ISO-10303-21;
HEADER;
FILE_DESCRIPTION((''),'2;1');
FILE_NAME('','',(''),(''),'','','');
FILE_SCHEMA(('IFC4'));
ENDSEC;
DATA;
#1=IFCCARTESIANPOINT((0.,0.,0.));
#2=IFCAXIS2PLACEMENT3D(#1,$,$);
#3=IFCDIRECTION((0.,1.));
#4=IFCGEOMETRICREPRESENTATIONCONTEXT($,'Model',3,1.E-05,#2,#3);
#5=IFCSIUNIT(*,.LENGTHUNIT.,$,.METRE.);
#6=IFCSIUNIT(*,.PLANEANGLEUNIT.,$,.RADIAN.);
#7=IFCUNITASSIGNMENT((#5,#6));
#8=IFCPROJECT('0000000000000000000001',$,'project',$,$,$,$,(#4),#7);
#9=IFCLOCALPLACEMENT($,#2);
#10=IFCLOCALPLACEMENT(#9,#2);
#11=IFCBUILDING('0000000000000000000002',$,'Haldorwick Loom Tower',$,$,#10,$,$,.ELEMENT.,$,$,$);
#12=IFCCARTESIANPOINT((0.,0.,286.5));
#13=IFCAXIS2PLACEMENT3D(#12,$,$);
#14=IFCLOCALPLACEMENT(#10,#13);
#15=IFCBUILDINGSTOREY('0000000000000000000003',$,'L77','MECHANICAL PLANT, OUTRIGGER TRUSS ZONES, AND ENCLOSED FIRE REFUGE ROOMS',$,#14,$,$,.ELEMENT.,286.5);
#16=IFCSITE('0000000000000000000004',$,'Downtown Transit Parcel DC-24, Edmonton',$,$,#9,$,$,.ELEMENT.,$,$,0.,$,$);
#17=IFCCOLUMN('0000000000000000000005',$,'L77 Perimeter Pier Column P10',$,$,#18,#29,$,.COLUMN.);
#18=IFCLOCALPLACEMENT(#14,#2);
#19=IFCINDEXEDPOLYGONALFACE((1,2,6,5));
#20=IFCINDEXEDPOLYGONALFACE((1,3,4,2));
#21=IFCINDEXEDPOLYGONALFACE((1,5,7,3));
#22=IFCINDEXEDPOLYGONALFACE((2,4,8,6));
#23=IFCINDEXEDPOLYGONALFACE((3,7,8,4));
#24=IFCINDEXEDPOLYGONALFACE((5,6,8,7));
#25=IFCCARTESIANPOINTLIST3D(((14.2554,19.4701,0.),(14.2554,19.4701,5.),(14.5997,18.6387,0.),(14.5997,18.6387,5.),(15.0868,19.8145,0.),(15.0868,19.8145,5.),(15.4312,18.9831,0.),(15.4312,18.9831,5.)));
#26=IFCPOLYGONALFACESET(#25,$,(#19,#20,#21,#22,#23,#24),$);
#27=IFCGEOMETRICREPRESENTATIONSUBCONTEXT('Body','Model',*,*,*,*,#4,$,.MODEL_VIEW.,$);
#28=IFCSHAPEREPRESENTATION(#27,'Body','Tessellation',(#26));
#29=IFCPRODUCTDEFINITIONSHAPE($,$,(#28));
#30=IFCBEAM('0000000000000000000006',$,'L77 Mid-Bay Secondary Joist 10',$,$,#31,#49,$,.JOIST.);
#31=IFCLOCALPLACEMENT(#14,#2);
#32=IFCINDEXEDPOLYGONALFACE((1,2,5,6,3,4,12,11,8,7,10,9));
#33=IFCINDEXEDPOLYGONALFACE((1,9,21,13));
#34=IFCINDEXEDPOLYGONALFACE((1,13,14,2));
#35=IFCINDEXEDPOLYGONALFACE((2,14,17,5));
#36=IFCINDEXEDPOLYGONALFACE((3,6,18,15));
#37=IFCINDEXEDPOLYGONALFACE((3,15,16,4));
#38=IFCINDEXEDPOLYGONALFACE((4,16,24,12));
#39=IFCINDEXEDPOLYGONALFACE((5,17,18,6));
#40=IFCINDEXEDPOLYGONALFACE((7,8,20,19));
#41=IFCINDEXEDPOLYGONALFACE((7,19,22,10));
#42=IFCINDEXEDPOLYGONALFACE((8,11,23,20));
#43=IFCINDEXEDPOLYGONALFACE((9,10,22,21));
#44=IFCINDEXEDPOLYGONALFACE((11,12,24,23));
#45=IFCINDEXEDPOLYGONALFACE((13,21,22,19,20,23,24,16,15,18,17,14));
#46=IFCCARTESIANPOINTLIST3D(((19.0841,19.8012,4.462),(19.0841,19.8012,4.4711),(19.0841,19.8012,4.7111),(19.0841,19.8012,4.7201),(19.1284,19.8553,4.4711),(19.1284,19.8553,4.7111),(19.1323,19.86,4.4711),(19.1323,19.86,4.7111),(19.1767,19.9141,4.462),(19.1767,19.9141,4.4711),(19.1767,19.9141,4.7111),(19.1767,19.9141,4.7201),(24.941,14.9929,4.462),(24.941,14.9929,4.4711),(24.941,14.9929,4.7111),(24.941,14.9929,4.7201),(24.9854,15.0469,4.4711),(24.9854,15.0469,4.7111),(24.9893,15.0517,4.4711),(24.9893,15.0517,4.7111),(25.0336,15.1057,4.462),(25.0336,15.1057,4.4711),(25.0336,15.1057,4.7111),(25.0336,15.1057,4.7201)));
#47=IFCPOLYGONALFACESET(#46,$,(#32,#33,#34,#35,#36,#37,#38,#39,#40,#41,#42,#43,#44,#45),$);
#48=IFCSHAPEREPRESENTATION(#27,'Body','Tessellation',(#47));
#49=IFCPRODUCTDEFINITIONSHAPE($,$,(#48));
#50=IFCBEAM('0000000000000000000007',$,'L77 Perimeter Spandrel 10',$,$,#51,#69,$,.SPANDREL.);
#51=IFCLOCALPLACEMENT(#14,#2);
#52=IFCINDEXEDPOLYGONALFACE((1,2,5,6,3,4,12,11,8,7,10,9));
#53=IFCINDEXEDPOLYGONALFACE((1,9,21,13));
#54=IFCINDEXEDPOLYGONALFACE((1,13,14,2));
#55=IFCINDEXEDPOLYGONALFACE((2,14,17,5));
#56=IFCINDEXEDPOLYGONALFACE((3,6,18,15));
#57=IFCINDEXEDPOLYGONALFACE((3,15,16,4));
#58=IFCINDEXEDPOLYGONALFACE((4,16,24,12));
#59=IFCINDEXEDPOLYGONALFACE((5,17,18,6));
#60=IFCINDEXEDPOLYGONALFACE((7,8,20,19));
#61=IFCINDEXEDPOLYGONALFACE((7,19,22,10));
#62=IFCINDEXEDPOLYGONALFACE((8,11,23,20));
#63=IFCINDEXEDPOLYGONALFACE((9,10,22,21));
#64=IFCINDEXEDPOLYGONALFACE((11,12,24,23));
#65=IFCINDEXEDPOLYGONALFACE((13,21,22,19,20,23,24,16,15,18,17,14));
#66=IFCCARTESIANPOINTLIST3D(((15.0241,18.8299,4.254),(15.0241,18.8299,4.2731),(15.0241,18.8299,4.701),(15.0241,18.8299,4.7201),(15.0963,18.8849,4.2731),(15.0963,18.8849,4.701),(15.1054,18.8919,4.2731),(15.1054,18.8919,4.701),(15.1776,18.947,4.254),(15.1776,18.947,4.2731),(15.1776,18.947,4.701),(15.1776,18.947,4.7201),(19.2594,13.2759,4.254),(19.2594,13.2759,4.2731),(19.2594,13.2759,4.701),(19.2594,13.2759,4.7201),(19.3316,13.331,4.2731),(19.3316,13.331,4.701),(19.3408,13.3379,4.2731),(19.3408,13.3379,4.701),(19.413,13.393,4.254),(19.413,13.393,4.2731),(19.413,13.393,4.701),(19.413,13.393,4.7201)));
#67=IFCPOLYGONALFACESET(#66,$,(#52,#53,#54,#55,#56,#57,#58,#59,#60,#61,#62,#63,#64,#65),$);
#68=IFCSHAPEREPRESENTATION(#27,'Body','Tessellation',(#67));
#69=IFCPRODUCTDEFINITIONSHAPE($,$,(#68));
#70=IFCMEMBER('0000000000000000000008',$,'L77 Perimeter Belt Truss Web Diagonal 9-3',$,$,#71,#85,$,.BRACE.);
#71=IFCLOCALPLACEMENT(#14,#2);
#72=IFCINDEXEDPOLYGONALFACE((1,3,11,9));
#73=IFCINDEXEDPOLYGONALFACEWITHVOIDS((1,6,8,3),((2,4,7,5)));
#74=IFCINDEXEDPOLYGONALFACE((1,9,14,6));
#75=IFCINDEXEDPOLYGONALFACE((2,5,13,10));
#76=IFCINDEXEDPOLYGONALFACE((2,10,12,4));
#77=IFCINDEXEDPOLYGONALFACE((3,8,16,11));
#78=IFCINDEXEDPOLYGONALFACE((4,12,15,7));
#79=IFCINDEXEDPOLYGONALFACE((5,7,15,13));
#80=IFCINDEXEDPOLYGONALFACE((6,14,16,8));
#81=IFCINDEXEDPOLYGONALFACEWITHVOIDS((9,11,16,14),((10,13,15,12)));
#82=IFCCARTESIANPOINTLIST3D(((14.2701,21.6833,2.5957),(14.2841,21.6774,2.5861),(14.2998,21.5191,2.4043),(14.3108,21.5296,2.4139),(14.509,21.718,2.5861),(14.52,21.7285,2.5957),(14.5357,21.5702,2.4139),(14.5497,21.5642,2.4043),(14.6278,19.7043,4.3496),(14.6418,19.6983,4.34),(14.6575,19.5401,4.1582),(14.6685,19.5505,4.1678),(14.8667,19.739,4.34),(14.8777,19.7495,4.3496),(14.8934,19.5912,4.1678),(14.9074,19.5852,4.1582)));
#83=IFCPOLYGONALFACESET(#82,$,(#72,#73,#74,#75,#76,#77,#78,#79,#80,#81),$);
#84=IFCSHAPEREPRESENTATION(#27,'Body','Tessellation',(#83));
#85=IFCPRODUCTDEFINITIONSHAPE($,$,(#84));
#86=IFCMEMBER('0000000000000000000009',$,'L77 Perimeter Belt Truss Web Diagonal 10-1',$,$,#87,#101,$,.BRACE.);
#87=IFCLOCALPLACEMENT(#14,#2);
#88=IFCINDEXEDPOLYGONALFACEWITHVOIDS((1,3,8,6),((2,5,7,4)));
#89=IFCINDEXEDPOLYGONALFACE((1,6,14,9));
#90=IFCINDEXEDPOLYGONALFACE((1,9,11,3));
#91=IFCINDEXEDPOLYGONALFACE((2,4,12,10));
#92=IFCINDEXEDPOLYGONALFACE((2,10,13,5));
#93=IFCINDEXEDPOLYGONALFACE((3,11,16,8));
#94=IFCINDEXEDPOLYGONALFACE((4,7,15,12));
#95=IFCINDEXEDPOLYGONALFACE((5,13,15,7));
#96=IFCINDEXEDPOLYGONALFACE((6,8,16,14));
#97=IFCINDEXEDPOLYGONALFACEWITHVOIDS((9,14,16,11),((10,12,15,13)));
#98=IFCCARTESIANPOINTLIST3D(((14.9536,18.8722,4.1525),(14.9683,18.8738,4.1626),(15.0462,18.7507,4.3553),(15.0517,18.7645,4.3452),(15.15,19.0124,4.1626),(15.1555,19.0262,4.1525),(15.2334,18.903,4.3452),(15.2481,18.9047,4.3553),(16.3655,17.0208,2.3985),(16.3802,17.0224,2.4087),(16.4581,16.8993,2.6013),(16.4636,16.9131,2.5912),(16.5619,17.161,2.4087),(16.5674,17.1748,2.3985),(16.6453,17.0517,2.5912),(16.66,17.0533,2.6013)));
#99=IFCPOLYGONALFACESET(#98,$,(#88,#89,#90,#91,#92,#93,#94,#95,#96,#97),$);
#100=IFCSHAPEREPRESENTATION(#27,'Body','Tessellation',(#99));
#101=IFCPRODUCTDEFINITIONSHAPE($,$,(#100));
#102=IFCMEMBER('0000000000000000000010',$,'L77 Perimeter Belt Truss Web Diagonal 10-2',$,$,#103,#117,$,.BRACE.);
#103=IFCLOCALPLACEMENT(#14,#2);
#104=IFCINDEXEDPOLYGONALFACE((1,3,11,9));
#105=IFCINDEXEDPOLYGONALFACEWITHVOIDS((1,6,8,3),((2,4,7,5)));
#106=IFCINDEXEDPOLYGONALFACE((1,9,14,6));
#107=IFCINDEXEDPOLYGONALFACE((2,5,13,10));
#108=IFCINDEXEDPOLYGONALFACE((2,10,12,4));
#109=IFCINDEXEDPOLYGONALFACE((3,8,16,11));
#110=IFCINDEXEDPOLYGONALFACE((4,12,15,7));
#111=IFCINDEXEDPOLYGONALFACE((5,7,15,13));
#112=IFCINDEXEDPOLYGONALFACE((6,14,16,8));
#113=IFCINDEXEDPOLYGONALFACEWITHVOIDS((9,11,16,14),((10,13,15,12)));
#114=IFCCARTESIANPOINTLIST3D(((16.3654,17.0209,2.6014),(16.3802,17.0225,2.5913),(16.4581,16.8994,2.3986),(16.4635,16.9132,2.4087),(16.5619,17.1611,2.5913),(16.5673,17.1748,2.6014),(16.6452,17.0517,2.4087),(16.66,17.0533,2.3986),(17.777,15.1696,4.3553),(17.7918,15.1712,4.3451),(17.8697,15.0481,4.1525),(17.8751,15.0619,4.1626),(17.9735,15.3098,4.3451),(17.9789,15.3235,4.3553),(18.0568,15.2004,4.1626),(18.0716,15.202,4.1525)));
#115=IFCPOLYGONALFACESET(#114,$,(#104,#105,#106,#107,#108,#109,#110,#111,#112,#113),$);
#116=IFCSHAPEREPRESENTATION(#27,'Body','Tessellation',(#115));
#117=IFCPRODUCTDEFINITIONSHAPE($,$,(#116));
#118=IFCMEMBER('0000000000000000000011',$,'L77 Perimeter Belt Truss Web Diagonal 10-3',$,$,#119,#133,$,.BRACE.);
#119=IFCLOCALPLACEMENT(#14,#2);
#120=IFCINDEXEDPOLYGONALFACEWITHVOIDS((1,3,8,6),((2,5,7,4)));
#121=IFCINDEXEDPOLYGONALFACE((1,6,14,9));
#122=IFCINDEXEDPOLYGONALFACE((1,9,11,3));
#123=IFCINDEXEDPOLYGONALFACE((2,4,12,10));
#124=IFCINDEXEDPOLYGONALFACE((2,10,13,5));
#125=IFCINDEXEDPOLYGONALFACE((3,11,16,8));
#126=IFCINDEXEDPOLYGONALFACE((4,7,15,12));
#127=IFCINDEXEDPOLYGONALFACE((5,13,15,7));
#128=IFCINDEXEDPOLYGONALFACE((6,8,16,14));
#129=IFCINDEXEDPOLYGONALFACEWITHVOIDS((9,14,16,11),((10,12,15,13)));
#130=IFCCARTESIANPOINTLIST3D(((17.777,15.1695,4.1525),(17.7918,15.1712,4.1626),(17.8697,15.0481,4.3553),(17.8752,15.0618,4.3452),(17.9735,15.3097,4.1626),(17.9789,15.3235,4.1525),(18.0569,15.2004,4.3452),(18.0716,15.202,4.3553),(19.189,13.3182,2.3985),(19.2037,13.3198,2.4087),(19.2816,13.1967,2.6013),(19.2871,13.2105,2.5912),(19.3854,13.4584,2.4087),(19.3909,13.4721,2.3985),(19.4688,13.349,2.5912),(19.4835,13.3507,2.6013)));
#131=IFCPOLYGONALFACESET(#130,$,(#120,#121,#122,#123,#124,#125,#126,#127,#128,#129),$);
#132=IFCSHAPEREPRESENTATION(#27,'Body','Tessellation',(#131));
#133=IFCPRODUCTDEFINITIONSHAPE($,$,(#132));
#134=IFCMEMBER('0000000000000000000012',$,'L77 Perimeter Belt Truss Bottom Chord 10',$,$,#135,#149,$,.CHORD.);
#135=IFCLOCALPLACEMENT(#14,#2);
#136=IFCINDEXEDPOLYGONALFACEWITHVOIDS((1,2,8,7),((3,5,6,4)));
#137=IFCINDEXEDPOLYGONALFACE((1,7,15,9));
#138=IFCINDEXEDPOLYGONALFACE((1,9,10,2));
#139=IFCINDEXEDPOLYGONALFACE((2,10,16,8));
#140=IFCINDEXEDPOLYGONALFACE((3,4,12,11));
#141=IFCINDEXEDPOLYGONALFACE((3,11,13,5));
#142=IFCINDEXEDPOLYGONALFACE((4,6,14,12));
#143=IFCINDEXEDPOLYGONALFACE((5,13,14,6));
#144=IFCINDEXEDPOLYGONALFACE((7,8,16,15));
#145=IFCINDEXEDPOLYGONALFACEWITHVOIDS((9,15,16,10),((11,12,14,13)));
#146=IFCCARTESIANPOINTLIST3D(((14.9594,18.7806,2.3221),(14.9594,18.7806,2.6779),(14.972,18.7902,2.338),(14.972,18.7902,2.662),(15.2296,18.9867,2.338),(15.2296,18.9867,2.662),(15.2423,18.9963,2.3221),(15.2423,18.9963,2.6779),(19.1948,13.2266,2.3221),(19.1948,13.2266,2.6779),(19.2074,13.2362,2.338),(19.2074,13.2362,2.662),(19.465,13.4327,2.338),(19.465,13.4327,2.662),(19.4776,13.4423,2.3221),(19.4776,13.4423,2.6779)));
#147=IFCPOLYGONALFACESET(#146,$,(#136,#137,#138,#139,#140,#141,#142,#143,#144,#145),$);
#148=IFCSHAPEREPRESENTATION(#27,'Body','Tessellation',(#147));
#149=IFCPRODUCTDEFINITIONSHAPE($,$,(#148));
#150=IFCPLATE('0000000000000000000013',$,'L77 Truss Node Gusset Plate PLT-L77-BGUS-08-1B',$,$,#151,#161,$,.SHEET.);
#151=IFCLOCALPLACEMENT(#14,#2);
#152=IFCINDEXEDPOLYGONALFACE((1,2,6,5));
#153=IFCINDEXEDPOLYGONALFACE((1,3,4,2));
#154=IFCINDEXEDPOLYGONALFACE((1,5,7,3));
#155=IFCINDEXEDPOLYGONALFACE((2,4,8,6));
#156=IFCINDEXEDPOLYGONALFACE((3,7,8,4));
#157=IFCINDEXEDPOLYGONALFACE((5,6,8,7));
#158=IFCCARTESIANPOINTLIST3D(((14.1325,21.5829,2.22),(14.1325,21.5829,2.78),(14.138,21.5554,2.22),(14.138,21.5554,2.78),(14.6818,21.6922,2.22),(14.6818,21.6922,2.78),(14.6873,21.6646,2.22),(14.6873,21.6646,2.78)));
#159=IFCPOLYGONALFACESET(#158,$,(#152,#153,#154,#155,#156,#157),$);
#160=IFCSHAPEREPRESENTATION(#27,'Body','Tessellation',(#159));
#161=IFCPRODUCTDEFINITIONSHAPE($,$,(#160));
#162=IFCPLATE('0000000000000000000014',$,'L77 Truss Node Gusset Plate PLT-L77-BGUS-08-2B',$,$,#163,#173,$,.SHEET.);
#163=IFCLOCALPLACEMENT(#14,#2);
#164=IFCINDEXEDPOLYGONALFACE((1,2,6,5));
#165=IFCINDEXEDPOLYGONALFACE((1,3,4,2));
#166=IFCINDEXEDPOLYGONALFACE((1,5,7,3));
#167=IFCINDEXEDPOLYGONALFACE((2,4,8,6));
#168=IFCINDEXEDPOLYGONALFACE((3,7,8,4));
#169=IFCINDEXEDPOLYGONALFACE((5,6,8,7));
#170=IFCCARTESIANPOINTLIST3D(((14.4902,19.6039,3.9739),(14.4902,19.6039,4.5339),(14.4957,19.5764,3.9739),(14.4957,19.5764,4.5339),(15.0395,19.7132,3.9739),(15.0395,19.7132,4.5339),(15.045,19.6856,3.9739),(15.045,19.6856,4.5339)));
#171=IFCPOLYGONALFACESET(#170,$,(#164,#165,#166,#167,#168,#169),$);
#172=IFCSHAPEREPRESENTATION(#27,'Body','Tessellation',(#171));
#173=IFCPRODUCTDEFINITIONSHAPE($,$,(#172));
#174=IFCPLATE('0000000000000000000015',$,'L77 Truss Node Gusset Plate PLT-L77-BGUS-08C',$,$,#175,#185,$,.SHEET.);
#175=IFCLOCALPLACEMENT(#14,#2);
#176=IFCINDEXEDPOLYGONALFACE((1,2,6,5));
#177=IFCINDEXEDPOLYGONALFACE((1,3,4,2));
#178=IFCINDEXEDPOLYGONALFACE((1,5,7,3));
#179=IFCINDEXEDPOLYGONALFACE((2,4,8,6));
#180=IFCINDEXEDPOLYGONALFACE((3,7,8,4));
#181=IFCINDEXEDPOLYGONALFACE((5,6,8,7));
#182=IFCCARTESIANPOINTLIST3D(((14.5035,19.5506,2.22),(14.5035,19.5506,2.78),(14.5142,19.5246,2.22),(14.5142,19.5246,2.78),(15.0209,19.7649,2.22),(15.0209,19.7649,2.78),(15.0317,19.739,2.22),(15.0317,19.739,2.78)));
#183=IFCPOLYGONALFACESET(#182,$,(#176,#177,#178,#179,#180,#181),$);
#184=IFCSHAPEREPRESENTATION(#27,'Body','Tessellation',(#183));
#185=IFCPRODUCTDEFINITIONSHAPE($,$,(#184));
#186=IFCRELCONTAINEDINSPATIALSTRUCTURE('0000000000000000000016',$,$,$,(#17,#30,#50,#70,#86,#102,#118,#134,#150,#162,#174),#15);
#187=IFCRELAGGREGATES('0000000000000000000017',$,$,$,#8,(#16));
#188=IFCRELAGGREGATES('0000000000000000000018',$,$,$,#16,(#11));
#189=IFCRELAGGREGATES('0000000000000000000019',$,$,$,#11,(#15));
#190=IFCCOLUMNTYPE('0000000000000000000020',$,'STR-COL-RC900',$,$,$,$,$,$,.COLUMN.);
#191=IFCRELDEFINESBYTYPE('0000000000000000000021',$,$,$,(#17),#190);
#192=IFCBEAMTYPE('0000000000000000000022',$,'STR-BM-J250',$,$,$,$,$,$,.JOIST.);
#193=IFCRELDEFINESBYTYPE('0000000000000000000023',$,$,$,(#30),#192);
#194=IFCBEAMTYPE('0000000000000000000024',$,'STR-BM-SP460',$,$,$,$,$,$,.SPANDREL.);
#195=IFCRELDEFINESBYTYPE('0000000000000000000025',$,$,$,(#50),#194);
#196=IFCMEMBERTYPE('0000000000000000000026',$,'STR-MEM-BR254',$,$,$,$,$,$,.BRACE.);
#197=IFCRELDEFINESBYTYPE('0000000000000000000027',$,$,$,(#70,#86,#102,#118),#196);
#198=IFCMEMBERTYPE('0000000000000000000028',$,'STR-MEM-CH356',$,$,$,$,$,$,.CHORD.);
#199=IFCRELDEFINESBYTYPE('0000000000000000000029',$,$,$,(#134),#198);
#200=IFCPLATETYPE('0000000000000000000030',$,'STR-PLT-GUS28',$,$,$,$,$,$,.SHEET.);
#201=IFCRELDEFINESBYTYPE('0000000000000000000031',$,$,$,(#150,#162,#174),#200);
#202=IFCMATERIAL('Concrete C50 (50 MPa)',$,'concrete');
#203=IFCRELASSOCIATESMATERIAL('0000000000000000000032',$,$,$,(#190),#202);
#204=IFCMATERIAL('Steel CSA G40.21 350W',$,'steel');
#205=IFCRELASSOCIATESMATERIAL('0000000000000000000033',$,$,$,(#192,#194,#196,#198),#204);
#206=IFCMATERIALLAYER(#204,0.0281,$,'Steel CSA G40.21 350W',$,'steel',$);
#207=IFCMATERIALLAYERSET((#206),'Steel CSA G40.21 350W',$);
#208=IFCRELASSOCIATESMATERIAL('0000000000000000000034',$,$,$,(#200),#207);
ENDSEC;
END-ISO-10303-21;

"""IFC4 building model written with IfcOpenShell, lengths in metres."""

from ifc_helpers import new_model, si_unit, direction, frame, origin, origin_2d, place, context, subcontext, project, spatial, rectangle, hollow_rectangle, i_section, extrude, material, layer, layer_set, material_profile, profile_set, type_object, element, save


model = new_model("IFC4")

# Units and contexts
model_context = context("Model", 3, precision=1e-05, world=origin(), true_north=direction((0.0, 1.0)))
body_context = subcontext(model_context, "Body", "Model", "MODEL_VIEW")
ifc_project = project(units=[si_unit("LENGTHUNIT", "METRE"), si_unit("PLANEANGLEUNIT", "RADIAN")], contexts=[model_context])

# Site, building, storey
site_placement = place(None, origin())
site = spatial("IfcSite", under=ifc_project, at=site_placement, Name="Downtown Transit Parcel DC-24, Edmonton", CompositionType="ELEMENT", RefElevation=0.0)
building_placement = place(site_placement, origin())
building = spatial("IfcBuilding", under=site, at=building_placement, Name="Haldorwick Loom Tower", CompositionType="ELEMENT")
storey_placement = place(building_placement, frame((0.0, 0.0, 286.5)))
storey = spatial("IfcBuildingStorey", under=building, at=storey_placement, Name="L77", Description="MECHANICAL PLANT, OUTRIGGER TRUSS ZONES, AND ENCLOSED FIRE REFUGE ROOMS", CompositionType="ELEMENT", Elevation=286.5)

# Column
ifc_material_1 = material(Name="Concrete C50 (50 MPa)", Category="concrete")
ifc_material_profile_1 = material_profile(ifc_material_1, rectangle(XDim=0.8999, YDim=0.8999, at=origin_2d()), Name="RC900X900", Category="concrete")
ifc_profile_set_1 = profile_set([ifc_material_profile_1], Name="Concrete C50 (50 MPa)")
column_type = type_object("IfcColumnType", Name="STR-COL-RC900", PredefinedType="COLUMN", material=ifc_profile_set_1)
column_placement = place(storey_placement, frame((14.8433, 19.2266, 0.0), z_axis=(0.0, 0.0, 1.0), x_axis=(-0.92388, -0.382683, 0.0)))
element("IfcColumn", 1, at=column_placement, inside=storey, type_object=column_type, Name="L77 Perimeter Pier Column P10", PredefinedType="COLUMN", context=body_context, shape_type="SweptSolid", body=[
    extrude(rectangle(XDim=0.8999, YDim=0.8999, at=origin_2d()), origin(), (0.0, 0.0, 1.0), 5.0),
])

# Beams
ifc_material_2 = material(Name="Steel CSA G40.21 350W", Category="steel")
ifc_material_profile_2 = material_profile(ifc_material_2, i_section(OverallWidth=0.146, OverallDepth=0.2581, WebThickness=0.0061, FlangeThickness=0.009, at=origin_2d()), Name="W250X33", Category="steel")
ifc_profile_set_2 = profile_set([ifc_material_profile_2], Name="Steel CSA G40.21 350W")
beam_type_1 = type_object("IfcBeamType", Name="STR-BM-J250", PredefinedType="JOIST", material=ifc_profile_set_2)
beam_1_placement = place(storey_placement, frame((19.1304, 19.8577, 4.5911), z_axis=(0.772901, -0.634526, 0.0), x_axis=(0.634526, 0.772901, 0.0)))
element("IfcBeam", 2, at=beam_1_placement, inside=storey, type_object=beam_type_1, Name="L77 Mid-Bay Secondary Joist 10", PredefinedType="JOIST", context=body_context, shape_type="SweptSolid", body=[
    extrude(i_section(OverallWidth=0.146, OverallDepth=0.2581, WebThickness=0.0061, FlangeThickness=0.009, at=origin_2d()), origin(), (0.0, 0.0, 1.0), 7.5779),
])
ifc_material_profile_3 = material_profile(ifc_material_2, i_section(OverallWidth=0.1931, OverallDepth=0.4661, WebThickness=0.0115, FlangeThickness=0.019, at=origin_2d()), Name="W460X97", Category="steel")
ifc_profile_set_3 = profile_set([ifc_material_profile_3], Name="Steel CSA G40.21 350W")
beam_type_2 = type_object("IfcBeamType", Name="STR-BM-SP460", PredefinedType="SPANDREL", material=ifc_profile_set_3)
beam_2_placement = place(storey_placement, frame((15.1008, 18.8884, 4.4871), z_axis=(0.606384, -0.795172, 0.0), x_axis=(0.795172, 0.606384, 0.0)))
element("IfcBeam", 3, at=beam_2_placement, inside=storey, type_object=beam_type_2, Name="L77 Perimeter Spandrel 10", PredefinedType="SPANDREL", context=body_context, shape_type="SweptSolid", body=[
    extrude(i_section(OverallWidth=0.1931, OverallDepth=0.4661, WebThickness=0.0115, FlangeThickness=0.019, at=origin_2d()), origin(), (0.0, 0.0, 1.0), 6.9846),
])

# Members
ifc_material_profile_4 = material_profile(ifc_material_2, hollow_rectangle(XDim=0.2539, YDim=0.2539, WallThickness=0.0127, at=origin_2d()), Name="HSS254X254X13", Category="steel")
ifc_profile_set_4 = profile_set([ifc_material_profile_4], Name="Steel CSA G40.21 350W")
member_type_1 = type_object("IfcMemberType", Name="STR-MEM-BR254", PredefinedType="BRACE", material=ifc_profile_set_4)
member_1_placement = place(storey_placement, frame((14.4099, 21.6238, 2.5), z_axis=(0.134036, -0.741633, 0.657278), x_axis=(0.984058, 0.177849, 0.0)))
element("IfcMember", 4, at=member_1_placement, inside=storey, type_object=member_type_1, Name="L77 Perimeter Belt Truss Web Diagonal 9-3", PredefinedType="BRACE", context=body_context, shape_type="SweptSolid", body=[
    extrude(hollow_rectangle(XDim=0.2539, YDim=0.2539, WallThickness=0.0127, at=origin_2d()), origin(), (0.0, 0.0, 1.0), 2.6685),
])
member_2_placement = place(storey_placement, frame((15.1008, 18.8884, 4.2539), z_axis=(0.484353, -0.635112, -0.601694), x_axis=(0.795155, 0.606406, 0.0)))
element("IfcMember", 5, at=member_2_placement, inside=storey, type_object=member_type_1, Name="L77 Perimeter Belt Truss Web Diagonal 10-1", PredefinedType="BRACE", context=body_context, shape_type="SweptSolid", body=[
    extrude(hollow_rectangle(XDim=0.2539, YDim=0.2539, WallThickness=0.0127, at=origin_2d()), origin(), (0.0, 0.0, 1.0), 2.915),
])
member_3_placement = place(storey_placement, frame((16.5127, 17.0371, 2.5), z_axis=(0.484289, -0.635137, 0.601718), x_axis=(0.795205, 0.60634, 0.0)))
element("IfcMember", 6, at=member_3_placement, inside=storey, type_object=member_type_1, Name="L77 Perimeter Belt Truss Web Diagonal 10-2", PredefinedType="BRACE", context=body_context, shape_type="SweptSolid", body=[
    extrude(hollow_rectangle(XDim=0.2539, YDim=0.2539, WallThickness=0.0127, at=origin_2d()), origin(), (0.0, 0.0, 1.0), 2.9148),
])
member_4_placement = place(storey_placement, frame((17.9243, 15.1858, 4.2539), z_axis=(0.484353, -0.635112, -0.601694), x_axis=(0.795155, 0.606406, 0.0)))
element("IfcMember", 7, at=member_4_placement, inside=storey, type_object=member_type_1, Name="L77 Perimeter Belt Truss Web Diagonal 10-3", PredefinedType="BRACE", context=body_context, shape_type="SweptSolid", body=[
    extrude(hollow_rectangle(XDim=0.2539, YDim=0.2539, WallThickness=0.0127, at=origin_2d()), origin(), (0.0, 0.0, 1.0), 2.915),
])
ifc_material_profile_5 = material_profile(ifc_material_2, hollow_rectangle(XDim=0.3557, YDim=0.3557, WallThickness=0.0159, at=origin_2d()), Name="HSS356X356X16", Category="steel")
ifc_profile_set_5 = profile_set([ifc_material_profile_5], Name="Steel CSA G40.21 350W")
member_type_2 = type_object("IfcMemberType", Name="STR-MEM-CH356", PredefinedType="CHORD", material=ifc_profile_set_5)
member_5_placement = place(storey_placement, frame((15.1008, 18.8884, 2.5), z_axis=(0.606384, -0.795172, 0.0), x_axis=(0.795172, 0.606384, 0.0)))
element("IfcMember", 8, at=member_5_placement, inside=storey, type_object=member_type_2, Name="L77 Perimeter Belt Truss Bottom Chord 10", PredefinedType="CHORD", context=body_context, shape_type="SweptSolid", body=[
    extrude(hollow_rectangle(XDim=0.3557, YDim=0.3557, WallThickness=0.0159, at=origin_2d()), origin(), (0.0, 0.0, 1.0), 6.9846),
])

# Plates
ifc_layer_1 = layer(ifc_material_2, 0.0281, Name="Steel CSA G40.21 350W", Category="steel")
ifc_layer_set_1 = layer_set([ifc_layer_1], Name="Steel CSA G40.21 350W")
plate_type = type_object("IfcPlateType", Name="STR-PLT-GUS28", PredefinedType="SHEET", material=ifc_layer_set_1)
for number, where, z_axis, x_axis, name in (
    (9, (14.4099, 21.6238, 2.22), (0.0, 0.0, 1.0), (-0.980785, -0.19509, 0.0), "L77 Truss Node Gusset Plate PLT-L77-BGUS-08-1B"),
    (10, (14.7676, 19.6448, 3.9739), (0.0, 0.0, 1.0), (-0.980785, -0.19509, 0.0), "L77 Truss Node Gusset Plate PLT-L77-BGUS-08-2B"),
    (11, (14.7676, 19.6448, 2.22), (0.0, 0.0, 1.0), (-0.92388, -0.382683, 0.0), "L77 Truss Node Gusset Plate PLT-L77-BGUS-08C"),
):
    element("IfcPlate", number, at=place(storey_placement, frame(where, z_axis=z_axis, x_axis=x_axis)), inside=storey, type_object=plate_type, Name=name, PredefinedType="SHEET", context=body_context, shape_type="SweptSolid", body=[
        extrude(rectangle(XDim=0.5601, YDim=0.0281, at=origin_2d()), origin(), (0.0, 0.0, 1.0), 0.5601),
    ])

save(model, "model.ifc")
